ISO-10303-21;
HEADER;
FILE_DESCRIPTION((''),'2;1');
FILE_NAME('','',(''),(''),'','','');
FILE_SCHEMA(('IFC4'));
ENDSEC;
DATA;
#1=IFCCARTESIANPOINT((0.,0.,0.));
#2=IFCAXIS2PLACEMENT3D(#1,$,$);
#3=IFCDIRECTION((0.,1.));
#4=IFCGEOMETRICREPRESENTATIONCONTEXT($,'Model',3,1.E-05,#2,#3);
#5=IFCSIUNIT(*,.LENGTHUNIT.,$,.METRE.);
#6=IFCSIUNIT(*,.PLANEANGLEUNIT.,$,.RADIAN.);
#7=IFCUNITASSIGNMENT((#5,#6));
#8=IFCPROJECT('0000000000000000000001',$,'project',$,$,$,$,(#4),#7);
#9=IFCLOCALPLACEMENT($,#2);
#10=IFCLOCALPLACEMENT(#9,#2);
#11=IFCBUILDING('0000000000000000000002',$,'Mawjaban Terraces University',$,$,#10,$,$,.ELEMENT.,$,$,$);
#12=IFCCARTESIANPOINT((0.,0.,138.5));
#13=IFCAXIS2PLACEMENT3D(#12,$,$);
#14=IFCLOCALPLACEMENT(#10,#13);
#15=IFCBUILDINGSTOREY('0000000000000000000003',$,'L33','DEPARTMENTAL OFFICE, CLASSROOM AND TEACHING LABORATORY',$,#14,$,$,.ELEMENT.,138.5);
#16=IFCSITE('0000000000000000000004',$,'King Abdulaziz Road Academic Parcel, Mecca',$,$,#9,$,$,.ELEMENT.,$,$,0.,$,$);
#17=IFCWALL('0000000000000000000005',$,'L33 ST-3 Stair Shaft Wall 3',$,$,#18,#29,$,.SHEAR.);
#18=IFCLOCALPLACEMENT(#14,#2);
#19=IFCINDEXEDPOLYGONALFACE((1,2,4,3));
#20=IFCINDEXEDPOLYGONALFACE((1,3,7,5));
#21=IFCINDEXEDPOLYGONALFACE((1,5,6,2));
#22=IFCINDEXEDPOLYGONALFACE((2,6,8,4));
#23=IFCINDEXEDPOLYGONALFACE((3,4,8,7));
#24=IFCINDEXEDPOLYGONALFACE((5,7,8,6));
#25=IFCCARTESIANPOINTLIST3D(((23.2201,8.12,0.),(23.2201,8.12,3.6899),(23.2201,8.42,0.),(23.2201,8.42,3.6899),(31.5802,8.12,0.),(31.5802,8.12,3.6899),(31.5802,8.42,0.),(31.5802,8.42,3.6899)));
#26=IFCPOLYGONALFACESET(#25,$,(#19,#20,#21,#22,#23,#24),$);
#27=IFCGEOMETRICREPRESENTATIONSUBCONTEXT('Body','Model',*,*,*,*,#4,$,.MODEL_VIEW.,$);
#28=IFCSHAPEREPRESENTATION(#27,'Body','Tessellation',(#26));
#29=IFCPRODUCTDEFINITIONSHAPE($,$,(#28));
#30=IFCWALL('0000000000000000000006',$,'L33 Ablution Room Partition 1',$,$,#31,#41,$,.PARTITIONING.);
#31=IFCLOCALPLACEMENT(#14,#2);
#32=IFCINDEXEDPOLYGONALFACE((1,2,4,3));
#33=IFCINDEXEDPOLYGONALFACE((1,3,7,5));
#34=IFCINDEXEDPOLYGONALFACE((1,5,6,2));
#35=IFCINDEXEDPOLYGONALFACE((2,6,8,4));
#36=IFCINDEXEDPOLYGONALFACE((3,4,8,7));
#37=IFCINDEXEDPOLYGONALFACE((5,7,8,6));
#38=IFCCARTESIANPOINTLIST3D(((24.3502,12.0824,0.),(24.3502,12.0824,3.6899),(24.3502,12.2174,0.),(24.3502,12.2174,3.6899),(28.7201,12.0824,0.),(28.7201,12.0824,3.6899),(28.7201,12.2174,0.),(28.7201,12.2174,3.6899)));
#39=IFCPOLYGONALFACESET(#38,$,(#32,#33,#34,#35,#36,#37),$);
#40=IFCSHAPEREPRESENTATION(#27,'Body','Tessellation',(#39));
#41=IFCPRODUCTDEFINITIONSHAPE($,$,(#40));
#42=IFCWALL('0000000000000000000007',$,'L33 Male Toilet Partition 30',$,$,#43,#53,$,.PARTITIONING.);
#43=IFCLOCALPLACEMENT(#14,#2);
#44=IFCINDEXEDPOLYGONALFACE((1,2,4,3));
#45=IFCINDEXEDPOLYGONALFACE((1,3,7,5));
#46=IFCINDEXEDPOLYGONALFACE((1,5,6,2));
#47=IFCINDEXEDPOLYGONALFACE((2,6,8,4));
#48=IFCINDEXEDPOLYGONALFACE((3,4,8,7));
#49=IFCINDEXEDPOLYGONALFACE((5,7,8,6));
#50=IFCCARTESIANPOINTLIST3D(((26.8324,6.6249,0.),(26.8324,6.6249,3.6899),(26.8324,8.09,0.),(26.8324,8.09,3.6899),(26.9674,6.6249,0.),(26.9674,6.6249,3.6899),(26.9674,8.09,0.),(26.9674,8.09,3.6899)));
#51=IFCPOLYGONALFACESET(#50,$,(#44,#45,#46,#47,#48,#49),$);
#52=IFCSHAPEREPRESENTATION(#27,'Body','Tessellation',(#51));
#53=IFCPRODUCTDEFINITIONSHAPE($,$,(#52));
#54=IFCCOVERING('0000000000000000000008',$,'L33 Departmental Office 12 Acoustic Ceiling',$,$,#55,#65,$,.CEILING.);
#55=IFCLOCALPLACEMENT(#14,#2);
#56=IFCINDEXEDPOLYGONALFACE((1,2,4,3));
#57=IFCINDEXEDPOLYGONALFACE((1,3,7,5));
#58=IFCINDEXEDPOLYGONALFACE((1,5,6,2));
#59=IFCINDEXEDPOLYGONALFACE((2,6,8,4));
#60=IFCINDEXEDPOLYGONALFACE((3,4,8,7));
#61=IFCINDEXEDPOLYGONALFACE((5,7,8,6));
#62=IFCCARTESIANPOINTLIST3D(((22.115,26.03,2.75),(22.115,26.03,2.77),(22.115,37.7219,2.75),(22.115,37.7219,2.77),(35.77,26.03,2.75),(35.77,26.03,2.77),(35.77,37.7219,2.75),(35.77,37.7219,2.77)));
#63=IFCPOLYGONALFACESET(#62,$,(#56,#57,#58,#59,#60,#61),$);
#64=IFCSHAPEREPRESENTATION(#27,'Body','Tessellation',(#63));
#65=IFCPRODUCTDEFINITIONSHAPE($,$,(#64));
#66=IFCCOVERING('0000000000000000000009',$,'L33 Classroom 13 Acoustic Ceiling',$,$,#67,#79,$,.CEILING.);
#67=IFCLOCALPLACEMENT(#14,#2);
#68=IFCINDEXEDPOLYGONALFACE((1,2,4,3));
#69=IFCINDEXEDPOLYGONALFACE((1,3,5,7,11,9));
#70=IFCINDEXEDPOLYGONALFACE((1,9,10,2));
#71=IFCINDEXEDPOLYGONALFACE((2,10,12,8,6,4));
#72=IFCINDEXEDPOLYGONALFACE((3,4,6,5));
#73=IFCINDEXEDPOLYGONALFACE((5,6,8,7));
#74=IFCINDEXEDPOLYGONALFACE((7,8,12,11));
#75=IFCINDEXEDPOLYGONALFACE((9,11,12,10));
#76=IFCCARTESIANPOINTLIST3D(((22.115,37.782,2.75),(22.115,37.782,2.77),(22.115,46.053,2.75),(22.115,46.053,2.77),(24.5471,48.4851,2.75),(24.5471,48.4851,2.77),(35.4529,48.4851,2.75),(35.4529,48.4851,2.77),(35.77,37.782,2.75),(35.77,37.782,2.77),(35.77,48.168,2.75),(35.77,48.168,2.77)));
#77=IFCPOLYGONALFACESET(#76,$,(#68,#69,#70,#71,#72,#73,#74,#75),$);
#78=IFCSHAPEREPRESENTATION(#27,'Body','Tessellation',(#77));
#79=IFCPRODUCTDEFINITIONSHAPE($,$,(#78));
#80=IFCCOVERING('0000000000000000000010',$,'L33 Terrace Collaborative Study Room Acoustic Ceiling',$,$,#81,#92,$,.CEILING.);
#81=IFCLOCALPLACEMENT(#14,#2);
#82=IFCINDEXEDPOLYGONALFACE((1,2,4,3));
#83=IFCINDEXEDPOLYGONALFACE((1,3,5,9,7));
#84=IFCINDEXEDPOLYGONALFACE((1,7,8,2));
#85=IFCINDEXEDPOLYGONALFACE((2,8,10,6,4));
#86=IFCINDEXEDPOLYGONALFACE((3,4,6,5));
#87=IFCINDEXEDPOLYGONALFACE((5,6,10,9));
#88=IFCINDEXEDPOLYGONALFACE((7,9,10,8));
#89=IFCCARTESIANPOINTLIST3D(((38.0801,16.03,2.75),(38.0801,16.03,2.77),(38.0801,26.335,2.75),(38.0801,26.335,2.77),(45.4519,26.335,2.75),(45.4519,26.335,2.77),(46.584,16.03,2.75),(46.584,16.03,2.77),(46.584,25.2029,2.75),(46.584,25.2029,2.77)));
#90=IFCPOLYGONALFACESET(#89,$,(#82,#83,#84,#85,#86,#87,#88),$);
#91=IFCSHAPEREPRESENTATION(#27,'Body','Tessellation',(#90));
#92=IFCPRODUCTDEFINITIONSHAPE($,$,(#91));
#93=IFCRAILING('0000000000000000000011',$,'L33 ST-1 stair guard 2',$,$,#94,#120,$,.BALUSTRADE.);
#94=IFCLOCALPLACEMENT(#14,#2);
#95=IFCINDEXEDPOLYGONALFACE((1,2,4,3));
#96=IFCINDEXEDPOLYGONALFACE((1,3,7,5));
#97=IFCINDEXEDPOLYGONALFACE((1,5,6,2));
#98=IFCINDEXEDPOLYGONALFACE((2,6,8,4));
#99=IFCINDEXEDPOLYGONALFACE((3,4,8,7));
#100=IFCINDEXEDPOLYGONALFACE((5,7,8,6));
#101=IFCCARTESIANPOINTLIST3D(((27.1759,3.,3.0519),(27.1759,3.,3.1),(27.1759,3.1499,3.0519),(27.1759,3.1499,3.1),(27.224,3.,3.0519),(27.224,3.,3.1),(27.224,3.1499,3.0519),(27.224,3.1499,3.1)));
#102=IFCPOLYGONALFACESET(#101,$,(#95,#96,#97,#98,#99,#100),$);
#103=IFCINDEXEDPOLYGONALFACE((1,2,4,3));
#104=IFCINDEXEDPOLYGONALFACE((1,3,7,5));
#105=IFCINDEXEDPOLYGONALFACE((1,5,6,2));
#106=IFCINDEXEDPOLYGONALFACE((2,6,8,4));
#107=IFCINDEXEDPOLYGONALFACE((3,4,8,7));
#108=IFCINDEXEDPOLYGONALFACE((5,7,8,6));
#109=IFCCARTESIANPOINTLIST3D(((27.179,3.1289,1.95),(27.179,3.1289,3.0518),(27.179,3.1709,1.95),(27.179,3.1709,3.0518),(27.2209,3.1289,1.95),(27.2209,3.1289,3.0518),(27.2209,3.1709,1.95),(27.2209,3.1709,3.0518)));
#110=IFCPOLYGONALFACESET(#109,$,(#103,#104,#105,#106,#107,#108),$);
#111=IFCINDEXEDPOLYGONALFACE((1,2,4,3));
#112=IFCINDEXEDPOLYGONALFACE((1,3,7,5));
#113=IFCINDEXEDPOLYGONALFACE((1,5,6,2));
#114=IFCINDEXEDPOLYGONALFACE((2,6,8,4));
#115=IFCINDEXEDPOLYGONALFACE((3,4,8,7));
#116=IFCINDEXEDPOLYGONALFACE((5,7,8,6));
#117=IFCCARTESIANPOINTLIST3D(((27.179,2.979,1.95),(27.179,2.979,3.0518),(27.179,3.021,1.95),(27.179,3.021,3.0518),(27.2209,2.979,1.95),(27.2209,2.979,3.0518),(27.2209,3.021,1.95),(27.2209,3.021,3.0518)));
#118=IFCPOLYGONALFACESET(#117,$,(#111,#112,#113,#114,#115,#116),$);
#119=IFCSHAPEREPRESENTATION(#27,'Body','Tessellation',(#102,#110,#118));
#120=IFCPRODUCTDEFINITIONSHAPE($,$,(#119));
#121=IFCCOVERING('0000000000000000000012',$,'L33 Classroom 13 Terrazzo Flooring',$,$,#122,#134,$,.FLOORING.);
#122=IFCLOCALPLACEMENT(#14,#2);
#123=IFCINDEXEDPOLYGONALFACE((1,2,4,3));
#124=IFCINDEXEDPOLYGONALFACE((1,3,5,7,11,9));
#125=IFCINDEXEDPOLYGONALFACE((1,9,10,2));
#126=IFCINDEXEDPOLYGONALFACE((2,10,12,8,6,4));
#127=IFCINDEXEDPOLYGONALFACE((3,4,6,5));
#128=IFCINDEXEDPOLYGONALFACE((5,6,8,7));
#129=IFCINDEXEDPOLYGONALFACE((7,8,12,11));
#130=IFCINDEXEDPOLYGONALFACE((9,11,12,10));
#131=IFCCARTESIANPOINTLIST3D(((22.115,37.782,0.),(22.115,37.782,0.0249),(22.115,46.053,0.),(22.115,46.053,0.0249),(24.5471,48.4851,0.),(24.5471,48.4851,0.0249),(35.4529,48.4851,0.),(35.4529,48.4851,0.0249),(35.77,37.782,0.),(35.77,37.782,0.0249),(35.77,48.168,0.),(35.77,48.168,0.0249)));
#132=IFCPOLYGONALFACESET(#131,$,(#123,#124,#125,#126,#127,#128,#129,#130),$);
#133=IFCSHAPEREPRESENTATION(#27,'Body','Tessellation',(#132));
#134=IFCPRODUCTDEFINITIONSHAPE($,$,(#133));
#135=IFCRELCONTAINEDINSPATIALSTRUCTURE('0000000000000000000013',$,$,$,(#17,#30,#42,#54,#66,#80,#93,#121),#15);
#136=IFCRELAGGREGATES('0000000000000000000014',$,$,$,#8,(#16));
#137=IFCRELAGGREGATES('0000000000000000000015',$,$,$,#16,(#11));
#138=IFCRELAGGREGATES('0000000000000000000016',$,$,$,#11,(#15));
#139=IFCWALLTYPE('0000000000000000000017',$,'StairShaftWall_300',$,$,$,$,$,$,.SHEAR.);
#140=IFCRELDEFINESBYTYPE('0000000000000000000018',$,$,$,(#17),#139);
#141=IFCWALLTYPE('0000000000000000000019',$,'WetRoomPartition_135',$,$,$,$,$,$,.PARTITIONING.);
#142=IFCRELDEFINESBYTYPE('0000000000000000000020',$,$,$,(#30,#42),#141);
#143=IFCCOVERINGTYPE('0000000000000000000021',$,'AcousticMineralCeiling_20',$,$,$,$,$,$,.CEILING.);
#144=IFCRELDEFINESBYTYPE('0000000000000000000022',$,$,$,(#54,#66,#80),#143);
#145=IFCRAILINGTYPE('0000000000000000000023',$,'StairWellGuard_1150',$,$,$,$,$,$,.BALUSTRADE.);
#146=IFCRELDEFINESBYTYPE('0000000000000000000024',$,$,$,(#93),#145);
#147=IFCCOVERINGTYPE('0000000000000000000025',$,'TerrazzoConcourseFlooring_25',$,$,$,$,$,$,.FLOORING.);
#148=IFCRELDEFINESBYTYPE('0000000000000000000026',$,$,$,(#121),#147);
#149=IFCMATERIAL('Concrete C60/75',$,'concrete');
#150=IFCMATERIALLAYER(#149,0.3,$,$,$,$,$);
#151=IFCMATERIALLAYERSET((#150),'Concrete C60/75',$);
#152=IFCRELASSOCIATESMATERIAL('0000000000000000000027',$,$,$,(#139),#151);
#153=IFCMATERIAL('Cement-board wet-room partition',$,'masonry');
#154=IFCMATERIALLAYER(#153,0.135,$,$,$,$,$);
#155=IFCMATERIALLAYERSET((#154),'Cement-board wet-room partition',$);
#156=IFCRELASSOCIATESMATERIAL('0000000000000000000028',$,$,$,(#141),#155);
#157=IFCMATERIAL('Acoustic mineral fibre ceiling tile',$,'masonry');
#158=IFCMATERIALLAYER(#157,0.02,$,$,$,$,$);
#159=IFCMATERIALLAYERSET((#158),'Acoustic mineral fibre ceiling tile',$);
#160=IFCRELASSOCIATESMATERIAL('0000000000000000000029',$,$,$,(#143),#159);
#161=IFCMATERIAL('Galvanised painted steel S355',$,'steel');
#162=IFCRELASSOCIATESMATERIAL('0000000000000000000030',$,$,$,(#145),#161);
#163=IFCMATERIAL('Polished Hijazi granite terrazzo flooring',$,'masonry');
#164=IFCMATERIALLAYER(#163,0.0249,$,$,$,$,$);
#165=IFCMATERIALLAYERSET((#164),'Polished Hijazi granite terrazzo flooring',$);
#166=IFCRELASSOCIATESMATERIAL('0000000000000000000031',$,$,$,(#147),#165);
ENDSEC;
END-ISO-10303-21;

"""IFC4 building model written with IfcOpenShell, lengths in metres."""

from ifc_helpers import new_model, si_unit, direction, frame, frame_2d, origin, origin_2d, place, context, subcontext, project, spatial, polyline, rectangle, outline, extrude, material, layer, layer_set, type_object, element, save


model = new_model("IFC4")

# Units and contexts
model_context = context("Model", 3, precision=1e-05, world=origin(), true_north=direction((0.0, 1.0)))
body_context = subcontext(model_context, "Body", "Model", "MODEL_VIEW")
ifc_project = project(units=[si_unit("LENGTHUNIT", "METRE"), si_unit("PLANEANGLEUNIT", "RADIAN")], contexts=[model_context])

# Site, building, storey
site_placement = place(None, origin())
site = spatial("IfcSite", under=ifc_project, at=site_placement, Name="King Abdulaziz Road Academic Parcel, Mecca", CompositionType="ELEMENT", RefElevation=0.0)
building_placement = place(site_placement, origin())
building = spatial("IfcBuilding", under=site, at=building_placement, Name="Mawjaban Terraces University", CompositionType="ELEMENT")
storey_placement = place(building_placement, frame((0.0, 0.0, 138.5)))
storey = spatial("IfcBuildingStorey", under=building, at=storey_placement, Name="L33", Description="DEPARTMENTAL OFFICE, CLASSROOM AND TEACHING LABORATORY", CompositionType="ELEMENT", Elevation=138.5)

# Shared definitions
ifc_material_1 = material(Name="Concrete C60/75", Category="concrete")

# Walls
ifc_layer_1 = layer(ifc_material_1, 0.3)
ifc_layer_set_1 = layer_set([ifc_layer_1], Name="Concrete C60/75")
wall_type_1 = type_object("IfcWallType", Name="StairShaftWall_300", PredefinedType="SHEAR", material=ifc_layer_set_1)
wall_1_placement = place(storey_placement, frame((23.22, 8.27, 0.0), z_axis=(0.0, 0.0, 1.0), x_axis=(1.0, 0.0, 0.0)))
element("IfcWall", 1, at=wall_1_placement, inside=storey, type_object=wall_type_1, Name="L33 ST-3 Stair Shaft Wall 3", PredefinedType="SHEAR", context=body_context, shape_type="SweptSolid", body=[
    extrude(rectangle(XDim=8.3601, YDim=0.3, at=frame_2d((4.1802, 0.0))), origin(), (0.0, 0.0, 1.0), 3.6899),
])
ifc_material_2 = material(Name="Cement-board wet-room partition", Category="masonry")
ifc_layer_2 = layer(ifc_material_2, 0.135)
ifc_layer_set_2 = layer_set([ifc_layer_2], Name="Cement-board wet-room partition")
wall_type_2 = type_object("IfcWallType", Name="WetRoomPartition_135", PredefinedType="PARTITIONING", material=ifc_layer_set_2)
wall_2_placement = place(storey_placement, frame((24.3501, 12.1499, 0.0), z_axis=(0.0, 0.0, 1.0), x_axis=(1.0, 0.0, 0.0)))
element("IfcWall", 2, at=wall_2_placement, inside=storey, type_object=wall_type_2, Name="L33 Ablution Room Partition 1", PredefinedType="PARTITIONING", context=body_context, shape_type="SweptSolid", body=[
    extrude(rectangle(XDim=4.3699, YDim=0.135, at=frame_2d((2.1851, 0.0))), origin(), (0.0, 0.0, 1.0), 3.6899),
])
wall_3_placement = place(storey_placement, frame((26.8999, 6.625, 0.0), z_axis=(0.0, 0.0, 1.0), x_axis=(0.0, 1.0, 0.0)))
element("IfcWall", 3, at=wall_3_placement, inside=storey, type_object=wall_type_2, Name="L33 Male Toilet Partition 30", PredefinedType="PARTITIONING", context=body_context, shape_type="SweptSolid", body=[
    extrude(rectangle(XDim=1.4651, YDim=0.135, at=frame_2d((0.7324, 0.0))), origin(), (0.0, 0.0, 1.0), 3.6899),
])

# Coverings
ifc_material_3 = material(Name="Acoustic mineral fibre ceiling tile", Category="masonry")
ifc_layer_3 = layer(ifc_material_3, 0.02)
ifc_layer_set_3 = layer_set([ifc_layer_3], Name="Acoustic mineral fibre ceiling tile")
covering_type_1 = type_object("IfcCoveringType", Name="AcousticMineralCeiling_20", PredefinedType="CEILING", material=ifc_layer_set_3)
covering_1_placement = place(storey_placement, frame((0.0, 0.0, 2.75)))
element("IfcCovering", 4, at=covering_1_placement, inside=storey, type_object=covering_type_1, Name="L33 Departmental Office 12 Acoustic Ceiling", PredefinedType="CEILING", context=body_context, shape_type="SweptSolid", body=[
    extrude(outline(polyline([(22.115, 37.7219), (22.115, 26.03), (35.77, 26.03), (35.77, 37.7219), (22.115, 37.7219)])), origin(), (0.0, 0.0, 1.0), 0.02),
])
covering_2_placement = place(storey_placement, frame((0.0, 0.0, 2.75)))
element("IfcCovering", 5, at=covering_2_placement, inside=storey, type_object=covering_type_1, Name="L33 Classroom 13 Acoustic Ceiling", PredefinedType="CEILING", context=body_context, shape_type="SweptSolid", body=[
    extrude(outline(polyline([(35.77, 48.168), (35.4529, 48.4851), (24.5471, 48.4851), (22.115, 46.053), (22.115, 37.782), (35.77, 37.782), (35.77, 48.168)])), origin(), (0.0, 0.0, 1.0), 0.02),
])
covering_3_placement = place(storey_placement, frame((0.0, 0.0, 2.75)))
element("IfcCovering", 6, at=covering_3_placement, inside=storey, type_object=covering_type_1, Name="L33 Terrace Collaborative Study Room Acoustic Ceiling", PredefinedType="CEILING", context=body_context, shape_type="SweptSolid", body=[
    extrude(outline(polyline([(46.584, 16.03), (46.584, 25.2029), (45.4519, 26.335), (38.0801, 26.335), (38.0801, 16.03), (46.584, 16.03)])), origin(), (0.0, 0.0, 1.0), 0.02),
])

# Railing
ifc_material_4 = material(Name="Galvanised painted steel S355", Category="steel")
railing_type = type_object("IfcRailingType", Name="StairWellGuard_1150", PredefinedType="BALUSTRADE", material=ifc_material_4)
railing_placement = place(storey_placement, frame((27.2, 3.1499, 1.95)))
element("IfcRailing", 7, at=railing_placement, inside=storey, type_object=railing_type, Name="L33 ST-1 stair guard 2", PredefinedType="BALUSTRADE", context=body_context, shape_type="SweptSolid", body=[
    extrude(rectangle(XDim=0.0481, YDim=0.0481, at=origin_2d()), frame((0.0, 0.0, 1.126), z_axis=(0.0, -1.0, 0.0), x_axis=(1.0, 0.0, 0.0)), (0.0, 0.0, 1.0), 0.1499),
    extrude(rectangle(XDim=0.042, YDim=0.042, at=origin_2d()), origin(), (0.0, 0.0, 1.0), 1.1018),
    extrude(rectangle(XDim=0.042, YDim=0.042, at=origin_2d()), frame((0.0, -0.1499, 0.0)), (0.0, 0.0, 1.0), 1.1018),
])

# Covering
ifc_material_5 = material(Name="Polished Hijazi granite terrazzo flooring", Category="masonry")
ifc_layer_4 = layer(ifc_material_5, 0.0249)
ifc_layer_set_4 = layer_set([ifc_layer_4], Name="Polished Hijazi granite terrazzo flooring")
covering_type_2 = type_object("IfcCoveringType", Name="TerrazzoConcourseFlooring_25", PredefinedType="FLOORING", material=ifc_layer_set_4)
covering_4_placement = place(storey_placement, origin())
element("IfcCovering", 8, at=covering_4_placement, inside=storey, type_object=covering_type_2, Name="L33 Classroom 13 Terrazzo Flooring", PredefinedType="FLOORING", context=body_context, shape_type="SweptSolid", body=[
    extrude(outline(polyline([(35.77, 48.168), (35.4529, 48.4851), (24.5471, 48.4851), (22.115, 46.053), (22.115, 37.782), (35.77, 37.782), (35.77, 48.168)])), origin(), (0.0, 0.0, 1.0), 0.0249),
])

save(model, "model.ifc")
